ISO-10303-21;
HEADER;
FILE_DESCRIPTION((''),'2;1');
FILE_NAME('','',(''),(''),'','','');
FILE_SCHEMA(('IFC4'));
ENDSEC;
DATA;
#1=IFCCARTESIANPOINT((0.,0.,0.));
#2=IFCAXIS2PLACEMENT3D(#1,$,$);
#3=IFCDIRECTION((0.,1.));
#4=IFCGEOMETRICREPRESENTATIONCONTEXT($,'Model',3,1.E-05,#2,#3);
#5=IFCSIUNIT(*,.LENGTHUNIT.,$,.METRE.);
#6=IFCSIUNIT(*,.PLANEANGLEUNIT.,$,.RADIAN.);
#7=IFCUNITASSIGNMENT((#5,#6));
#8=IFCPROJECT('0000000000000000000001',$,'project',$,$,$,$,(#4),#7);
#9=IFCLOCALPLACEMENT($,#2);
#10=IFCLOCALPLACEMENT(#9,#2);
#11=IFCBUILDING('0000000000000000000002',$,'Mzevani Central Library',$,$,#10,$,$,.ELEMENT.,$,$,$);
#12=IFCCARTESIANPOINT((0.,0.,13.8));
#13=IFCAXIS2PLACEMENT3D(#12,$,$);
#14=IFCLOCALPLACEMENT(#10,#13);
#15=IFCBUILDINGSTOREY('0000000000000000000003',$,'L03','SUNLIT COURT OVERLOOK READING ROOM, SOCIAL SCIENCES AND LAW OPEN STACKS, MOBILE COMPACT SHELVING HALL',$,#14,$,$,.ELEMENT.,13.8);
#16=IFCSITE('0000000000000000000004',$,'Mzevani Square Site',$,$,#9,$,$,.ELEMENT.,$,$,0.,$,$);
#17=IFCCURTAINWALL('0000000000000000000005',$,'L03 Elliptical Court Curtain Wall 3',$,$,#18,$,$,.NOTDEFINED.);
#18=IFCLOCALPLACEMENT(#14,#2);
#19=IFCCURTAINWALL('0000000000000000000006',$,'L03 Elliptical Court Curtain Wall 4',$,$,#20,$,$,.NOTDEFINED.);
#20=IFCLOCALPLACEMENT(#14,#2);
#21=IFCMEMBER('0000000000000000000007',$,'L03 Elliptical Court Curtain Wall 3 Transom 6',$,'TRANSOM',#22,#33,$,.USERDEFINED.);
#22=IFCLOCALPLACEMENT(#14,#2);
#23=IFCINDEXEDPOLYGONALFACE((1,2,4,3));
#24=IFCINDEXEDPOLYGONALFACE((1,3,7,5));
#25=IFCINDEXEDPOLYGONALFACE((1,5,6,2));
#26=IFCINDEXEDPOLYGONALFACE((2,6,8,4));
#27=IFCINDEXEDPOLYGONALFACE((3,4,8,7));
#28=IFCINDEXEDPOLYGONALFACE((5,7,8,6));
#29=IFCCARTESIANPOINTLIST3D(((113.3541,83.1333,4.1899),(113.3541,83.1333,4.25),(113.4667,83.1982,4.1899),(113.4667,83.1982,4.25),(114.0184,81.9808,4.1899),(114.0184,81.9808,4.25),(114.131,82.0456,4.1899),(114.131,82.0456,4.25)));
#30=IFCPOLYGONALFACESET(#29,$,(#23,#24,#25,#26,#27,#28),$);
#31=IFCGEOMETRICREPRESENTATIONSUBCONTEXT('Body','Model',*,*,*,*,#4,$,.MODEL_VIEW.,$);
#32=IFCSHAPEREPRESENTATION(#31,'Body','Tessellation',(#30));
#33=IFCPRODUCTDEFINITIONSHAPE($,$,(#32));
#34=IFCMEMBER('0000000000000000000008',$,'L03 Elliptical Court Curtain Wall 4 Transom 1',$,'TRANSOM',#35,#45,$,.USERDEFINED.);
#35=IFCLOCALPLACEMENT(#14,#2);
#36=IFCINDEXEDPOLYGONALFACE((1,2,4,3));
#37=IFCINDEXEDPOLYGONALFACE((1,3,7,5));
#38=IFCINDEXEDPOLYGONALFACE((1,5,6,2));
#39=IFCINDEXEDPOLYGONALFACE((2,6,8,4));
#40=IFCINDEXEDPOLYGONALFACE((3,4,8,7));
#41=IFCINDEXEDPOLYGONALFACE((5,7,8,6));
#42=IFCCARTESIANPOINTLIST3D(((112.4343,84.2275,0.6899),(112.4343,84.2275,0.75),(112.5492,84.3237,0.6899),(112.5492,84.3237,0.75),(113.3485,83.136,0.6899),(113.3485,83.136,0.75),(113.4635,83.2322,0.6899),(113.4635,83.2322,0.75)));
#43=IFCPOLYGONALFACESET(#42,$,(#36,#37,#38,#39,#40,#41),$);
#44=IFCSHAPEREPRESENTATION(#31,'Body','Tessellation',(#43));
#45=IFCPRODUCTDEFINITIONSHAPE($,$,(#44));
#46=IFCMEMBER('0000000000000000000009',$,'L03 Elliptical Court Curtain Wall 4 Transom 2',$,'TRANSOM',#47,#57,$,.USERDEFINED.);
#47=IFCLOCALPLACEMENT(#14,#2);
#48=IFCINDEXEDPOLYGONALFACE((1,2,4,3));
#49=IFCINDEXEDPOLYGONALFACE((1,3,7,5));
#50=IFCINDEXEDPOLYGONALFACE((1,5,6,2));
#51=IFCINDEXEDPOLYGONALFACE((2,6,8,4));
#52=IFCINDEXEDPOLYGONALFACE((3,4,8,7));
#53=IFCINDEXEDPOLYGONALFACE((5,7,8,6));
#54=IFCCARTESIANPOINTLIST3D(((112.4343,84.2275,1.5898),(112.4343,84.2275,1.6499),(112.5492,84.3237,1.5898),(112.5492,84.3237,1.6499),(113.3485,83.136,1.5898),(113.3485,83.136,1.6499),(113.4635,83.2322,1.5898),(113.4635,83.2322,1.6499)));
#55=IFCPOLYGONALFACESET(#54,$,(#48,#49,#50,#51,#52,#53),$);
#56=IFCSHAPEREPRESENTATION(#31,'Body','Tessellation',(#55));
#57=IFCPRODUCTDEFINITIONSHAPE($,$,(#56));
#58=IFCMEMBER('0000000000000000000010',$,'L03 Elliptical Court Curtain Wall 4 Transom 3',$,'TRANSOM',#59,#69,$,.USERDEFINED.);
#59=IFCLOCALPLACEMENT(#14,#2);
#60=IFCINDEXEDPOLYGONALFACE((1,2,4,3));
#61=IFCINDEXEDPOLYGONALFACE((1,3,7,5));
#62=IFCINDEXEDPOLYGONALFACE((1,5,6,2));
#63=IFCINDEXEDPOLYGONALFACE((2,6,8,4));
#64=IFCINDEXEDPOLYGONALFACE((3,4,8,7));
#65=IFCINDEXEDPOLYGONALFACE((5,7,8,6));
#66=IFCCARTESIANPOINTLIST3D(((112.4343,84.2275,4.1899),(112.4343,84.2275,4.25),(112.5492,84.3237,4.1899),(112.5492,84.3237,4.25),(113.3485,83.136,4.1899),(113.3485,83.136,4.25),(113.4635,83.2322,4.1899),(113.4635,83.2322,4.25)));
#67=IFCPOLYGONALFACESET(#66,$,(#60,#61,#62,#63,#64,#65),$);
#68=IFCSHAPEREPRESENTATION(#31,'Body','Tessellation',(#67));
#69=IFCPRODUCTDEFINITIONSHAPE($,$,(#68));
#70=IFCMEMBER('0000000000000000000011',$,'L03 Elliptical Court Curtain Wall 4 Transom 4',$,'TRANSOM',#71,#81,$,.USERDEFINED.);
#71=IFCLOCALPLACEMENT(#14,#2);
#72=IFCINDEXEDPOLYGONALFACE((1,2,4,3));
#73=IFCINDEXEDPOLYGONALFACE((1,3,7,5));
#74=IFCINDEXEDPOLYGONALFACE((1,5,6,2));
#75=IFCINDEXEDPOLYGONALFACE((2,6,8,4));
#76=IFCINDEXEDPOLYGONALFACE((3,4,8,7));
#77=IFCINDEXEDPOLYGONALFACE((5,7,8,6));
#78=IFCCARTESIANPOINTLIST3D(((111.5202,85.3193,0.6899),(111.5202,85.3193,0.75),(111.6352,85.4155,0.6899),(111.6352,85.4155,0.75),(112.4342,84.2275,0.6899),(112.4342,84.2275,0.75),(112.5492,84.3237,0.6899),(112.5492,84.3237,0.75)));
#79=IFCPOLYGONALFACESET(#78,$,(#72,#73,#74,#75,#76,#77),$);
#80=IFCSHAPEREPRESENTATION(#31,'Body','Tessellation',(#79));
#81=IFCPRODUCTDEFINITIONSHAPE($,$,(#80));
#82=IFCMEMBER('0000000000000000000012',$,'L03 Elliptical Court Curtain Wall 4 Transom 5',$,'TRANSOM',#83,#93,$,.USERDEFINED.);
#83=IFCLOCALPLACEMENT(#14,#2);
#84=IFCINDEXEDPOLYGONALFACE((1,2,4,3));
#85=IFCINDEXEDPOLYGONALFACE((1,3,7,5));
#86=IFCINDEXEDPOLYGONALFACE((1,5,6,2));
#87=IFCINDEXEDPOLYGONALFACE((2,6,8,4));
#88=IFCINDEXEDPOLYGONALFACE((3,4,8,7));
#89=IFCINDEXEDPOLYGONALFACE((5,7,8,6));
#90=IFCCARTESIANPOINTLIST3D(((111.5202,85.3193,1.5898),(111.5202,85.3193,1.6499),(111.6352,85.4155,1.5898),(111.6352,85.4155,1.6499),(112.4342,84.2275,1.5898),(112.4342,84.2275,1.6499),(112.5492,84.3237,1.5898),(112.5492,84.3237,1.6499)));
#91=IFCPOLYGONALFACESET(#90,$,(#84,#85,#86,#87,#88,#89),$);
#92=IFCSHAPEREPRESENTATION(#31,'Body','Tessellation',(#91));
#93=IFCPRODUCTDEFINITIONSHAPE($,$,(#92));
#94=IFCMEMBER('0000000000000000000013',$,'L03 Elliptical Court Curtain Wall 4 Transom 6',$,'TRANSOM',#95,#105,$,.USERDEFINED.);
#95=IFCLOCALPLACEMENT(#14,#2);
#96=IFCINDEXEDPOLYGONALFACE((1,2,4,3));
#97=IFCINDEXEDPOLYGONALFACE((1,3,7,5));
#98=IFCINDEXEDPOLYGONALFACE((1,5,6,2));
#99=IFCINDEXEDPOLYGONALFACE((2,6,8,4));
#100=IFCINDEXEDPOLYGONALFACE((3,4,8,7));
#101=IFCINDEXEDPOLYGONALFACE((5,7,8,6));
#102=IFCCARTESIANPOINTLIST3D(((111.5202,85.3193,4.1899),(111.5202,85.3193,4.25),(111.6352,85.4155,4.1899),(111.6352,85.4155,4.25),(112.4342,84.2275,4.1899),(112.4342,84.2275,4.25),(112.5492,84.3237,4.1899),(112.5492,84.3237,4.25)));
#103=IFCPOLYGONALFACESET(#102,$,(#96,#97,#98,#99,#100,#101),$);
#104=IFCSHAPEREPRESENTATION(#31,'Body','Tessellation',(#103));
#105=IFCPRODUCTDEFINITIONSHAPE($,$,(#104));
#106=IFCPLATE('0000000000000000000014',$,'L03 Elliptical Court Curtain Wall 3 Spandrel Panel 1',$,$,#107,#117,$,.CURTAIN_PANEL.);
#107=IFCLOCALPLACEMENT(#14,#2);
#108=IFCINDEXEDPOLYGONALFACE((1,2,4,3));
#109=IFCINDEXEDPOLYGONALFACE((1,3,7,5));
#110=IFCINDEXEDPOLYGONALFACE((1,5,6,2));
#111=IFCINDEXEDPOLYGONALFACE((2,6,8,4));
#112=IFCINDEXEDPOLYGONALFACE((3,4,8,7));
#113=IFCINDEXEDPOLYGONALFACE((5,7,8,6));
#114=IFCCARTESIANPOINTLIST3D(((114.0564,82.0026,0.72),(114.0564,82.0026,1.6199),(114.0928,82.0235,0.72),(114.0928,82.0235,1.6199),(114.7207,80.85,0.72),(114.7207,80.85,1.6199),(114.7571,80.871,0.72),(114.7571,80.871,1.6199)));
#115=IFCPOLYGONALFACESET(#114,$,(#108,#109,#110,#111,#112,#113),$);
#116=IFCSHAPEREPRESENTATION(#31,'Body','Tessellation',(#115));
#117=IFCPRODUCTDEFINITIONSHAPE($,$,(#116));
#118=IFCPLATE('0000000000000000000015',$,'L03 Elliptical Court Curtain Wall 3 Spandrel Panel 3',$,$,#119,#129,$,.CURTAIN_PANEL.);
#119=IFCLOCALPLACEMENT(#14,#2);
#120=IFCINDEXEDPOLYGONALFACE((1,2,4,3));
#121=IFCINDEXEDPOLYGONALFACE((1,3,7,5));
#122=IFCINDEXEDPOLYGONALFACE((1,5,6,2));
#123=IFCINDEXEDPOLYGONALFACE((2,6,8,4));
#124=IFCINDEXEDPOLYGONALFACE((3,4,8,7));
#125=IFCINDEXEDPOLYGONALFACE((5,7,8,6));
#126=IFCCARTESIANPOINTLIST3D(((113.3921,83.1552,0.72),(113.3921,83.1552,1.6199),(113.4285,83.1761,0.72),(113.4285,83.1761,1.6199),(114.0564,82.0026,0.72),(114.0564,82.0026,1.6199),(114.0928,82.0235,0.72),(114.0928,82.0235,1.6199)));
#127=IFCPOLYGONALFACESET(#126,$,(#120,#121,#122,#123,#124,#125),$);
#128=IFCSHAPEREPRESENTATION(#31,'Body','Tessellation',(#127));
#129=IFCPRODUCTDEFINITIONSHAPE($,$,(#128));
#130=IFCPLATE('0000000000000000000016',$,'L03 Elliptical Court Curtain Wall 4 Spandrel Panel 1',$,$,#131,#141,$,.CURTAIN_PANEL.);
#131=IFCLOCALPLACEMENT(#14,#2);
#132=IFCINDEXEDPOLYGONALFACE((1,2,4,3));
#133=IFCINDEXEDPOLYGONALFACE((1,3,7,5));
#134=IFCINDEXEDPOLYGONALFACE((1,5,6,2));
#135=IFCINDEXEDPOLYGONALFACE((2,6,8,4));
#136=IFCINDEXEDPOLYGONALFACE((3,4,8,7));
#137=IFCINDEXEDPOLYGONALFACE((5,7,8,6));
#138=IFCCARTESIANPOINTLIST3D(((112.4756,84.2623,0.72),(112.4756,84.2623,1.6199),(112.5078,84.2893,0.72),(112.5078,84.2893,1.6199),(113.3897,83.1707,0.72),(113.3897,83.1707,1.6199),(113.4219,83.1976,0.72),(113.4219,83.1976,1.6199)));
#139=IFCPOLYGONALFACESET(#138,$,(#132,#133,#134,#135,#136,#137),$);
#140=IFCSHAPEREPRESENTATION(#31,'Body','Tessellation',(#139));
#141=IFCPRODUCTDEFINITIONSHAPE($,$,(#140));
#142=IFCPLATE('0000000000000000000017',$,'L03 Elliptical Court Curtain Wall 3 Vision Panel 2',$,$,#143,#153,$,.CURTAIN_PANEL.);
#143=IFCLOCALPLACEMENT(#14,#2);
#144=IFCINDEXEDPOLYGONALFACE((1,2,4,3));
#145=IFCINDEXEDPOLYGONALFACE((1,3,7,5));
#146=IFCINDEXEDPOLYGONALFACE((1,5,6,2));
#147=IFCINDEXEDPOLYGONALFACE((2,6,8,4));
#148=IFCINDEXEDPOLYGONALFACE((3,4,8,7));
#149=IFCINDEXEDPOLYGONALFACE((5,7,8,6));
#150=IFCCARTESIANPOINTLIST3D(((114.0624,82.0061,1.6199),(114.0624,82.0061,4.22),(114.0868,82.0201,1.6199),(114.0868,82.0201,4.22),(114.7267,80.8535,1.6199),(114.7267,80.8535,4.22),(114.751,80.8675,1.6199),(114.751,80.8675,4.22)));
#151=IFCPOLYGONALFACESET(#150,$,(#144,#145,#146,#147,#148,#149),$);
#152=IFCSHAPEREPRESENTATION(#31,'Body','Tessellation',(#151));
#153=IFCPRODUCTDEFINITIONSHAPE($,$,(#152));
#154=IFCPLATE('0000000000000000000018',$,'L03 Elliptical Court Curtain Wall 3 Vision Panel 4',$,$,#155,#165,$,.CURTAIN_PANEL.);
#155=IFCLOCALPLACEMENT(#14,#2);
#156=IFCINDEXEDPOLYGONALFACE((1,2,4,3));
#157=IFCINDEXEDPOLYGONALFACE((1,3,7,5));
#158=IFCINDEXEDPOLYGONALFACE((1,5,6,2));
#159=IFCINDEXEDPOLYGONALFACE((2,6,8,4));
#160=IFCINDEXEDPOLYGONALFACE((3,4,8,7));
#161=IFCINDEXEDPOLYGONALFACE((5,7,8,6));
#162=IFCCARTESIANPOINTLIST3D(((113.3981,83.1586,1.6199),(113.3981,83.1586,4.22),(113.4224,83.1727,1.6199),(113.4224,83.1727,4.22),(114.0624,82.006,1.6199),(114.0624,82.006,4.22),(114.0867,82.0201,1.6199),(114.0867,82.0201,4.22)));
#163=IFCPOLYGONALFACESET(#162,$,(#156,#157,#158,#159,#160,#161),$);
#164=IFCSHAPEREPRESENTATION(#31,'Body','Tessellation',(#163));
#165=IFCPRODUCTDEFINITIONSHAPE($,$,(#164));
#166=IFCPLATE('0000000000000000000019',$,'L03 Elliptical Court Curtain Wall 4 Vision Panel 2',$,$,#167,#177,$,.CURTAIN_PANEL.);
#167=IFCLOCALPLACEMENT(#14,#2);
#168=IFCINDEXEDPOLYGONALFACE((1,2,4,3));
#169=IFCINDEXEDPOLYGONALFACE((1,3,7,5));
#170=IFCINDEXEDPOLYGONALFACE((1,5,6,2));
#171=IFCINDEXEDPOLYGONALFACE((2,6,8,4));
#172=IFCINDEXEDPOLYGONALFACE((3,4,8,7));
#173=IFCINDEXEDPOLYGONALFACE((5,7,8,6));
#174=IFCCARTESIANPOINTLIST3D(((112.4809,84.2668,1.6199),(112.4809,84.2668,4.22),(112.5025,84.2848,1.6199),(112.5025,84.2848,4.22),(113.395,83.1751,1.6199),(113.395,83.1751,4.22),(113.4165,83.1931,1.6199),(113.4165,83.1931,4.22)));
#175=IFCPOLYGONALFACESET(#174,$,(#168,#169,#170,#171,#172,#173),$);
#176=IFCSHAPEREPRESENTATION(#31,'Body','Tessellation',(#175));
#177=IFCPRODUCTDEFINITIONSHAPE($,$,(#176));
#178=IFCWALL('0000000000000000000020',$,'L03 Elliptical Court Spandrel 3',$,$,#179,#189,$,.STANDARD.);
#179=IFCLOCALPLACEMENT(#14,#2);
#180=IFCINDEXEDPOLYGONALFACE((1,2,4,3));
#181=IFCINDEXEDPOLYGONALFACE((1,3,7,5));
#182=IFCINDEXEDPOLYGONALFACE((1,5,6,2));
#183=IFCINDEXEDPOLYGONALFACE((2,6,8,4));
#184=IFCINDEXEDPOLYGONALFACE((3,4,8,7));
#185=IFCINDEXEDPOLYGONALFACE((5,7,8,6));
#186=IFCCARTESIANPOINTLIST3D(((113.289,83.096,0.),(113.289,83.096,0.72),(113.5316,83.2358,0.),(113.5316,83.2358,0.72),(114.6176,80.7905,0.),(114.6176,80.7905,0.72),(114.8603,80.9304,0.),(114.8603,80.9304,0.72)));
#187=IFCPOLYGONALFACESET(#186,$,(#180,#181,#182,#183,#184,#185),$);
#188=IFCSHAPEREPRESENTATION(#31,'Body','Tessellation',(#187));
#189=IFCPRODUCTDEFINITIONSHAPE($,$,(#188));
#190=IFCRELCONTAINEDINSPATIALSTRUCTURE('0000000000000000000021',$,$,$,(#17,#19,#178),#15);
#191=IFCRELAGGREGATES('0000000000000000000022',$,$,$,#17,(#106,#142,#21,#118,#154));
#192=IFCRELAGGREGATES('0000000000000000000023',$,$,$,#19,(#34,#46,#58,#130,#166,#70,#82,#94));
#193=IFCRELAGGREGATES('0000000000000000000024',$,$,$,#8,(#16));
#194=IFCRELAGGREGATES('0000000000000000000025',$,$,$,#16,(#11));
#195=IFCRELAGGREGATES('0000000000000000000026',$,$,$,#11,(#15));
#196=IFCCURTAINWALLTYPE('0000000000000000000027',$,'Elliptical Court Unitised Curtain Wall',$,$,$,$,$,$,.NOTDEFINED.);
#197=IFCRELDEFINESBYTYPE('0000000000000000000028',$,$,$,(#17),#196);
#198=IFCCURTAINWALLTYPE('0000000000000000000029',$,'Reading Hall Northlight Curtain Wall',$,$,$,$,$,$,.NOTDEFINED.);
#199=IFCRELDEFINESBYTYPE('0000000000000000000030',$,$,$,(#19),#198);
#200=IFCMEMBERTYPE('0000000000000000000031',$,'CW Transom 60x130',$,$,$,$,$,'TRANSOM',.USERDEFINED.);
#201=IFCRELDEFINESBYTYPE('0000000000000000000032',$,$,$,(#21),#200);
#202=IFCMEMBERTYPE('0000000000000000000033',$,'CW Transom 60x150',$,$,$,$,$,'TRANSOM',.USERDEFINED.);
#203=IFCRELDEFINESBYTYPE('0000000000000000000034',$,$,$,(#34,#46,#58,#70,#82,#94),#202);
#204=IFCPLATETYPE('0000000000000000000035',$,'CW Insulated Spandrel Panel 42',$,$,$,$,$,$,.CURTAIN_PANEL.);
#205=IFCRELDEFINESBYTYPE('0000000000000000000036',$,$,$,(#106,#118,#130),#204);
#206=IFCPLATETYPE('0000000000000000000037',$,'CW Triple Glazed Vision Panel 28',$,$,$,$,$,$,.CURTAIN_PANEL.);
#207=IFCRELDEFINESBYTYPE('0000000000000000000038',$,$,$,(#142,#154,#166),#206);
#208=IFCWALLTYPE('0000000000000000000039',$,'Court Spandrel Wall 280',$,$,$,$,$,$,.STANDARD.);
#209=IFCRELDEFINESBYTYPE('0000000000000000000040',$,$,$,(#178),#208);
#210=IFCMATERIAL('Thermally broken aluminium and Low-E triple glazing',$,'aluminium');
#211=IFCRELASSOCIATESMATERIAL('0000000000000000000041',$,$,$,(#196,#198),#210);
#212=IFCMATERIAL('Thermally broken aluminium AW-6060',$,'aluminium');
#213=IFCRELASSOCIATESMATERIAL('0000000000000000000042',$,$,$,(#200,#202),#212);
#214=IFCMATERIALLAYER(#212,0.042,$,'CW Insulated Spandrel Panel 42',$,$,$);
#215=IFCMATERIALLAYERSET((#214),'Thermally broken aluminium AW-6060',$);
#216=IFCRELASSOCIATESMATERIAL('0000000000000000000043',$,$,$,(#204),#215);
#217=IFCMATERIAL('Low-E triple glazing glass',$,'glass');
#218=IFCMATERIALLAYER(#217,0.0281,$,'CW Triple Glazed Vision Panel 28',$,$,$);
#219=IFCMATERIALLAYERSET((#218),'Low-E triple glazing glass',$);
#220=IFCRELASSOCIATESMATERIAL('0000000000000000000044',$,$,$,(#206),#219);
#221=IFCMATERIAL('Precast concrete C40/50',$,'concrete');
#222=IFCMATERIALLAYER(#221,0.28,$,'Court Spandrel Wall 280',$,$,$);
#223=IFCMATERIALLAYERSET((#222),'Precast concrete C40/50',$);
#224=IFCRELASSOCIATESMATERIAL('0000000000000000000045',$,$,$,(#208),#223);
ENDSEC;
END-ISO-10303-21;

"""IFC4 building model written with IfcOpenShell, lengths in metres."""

from ifc_helpers import new_model, si_unit, direction, frame, frame_2d, origin, origin_2d, place, context, subcontext, project, spatial, rectangle, extrude, material, layer, layer_set, material_profile, profile_set, type_object, element, aggregate, save


model = new_model("IFC4")

# Units and contexts
model_context = context("Model", 3, precision=1e-05, world=origin(), true_north=direction((0.0, 1.0)))
body_context = subcontext(model_context, "Body", "Model", "MODEL_VIEW")
ifc_project = project(units=[si_unit("LENGTHUNIT", "METRE"), si_unit("PLANEANGLEUNIT", "RADIAN")], contexts=[model_context])

# Site, building, storey
site_placement = place(None, origin())
site = spatial("IfcSite", under=ifc_project, at=site_placement, Name="Mzevani Square Site", CompositionType="ELEMENT", RefElevation=0.0)
building_placement = place(site_placement, origin())
building = spatial("IfcBuilding", under=site, at=building_placement, Name="Mzevani Central Library", CompositionType="ELEMENT")
storey_placement = place(building_placement, frame((0.0, 0.0, 13.8)))
storey = spatial("IfcBuildingStorey", under=building, at=storey_placement, Name="L03", Description="SUNLIT COURT OVERLOOK READING ROOM, SOCIAL SCIENCES AND LAW OPEN STACKS, MOBILE COMPACT SHELVING HALL", CompositionType="ELEMENT", Elevation=13.8)

# Shared definitions
ifc_material_1 = material(Name="Thermally broken aluminium and Low-E triple glazing", Category="aluminium")
curtain_wall_type_1 = type_object("IfcCurtainWallType", Name="Elliptical Court Unitised Curtain Wall", PredefinedType="NOTDEFINED", material=ifc_material_1)
ifc_material_2 = material(Name="Thermally broken aluminium AW-6060", Category="aluminium")

# Curtain walls
curtain_wall_1_placement = place(storey_placement, origin())
curtain_wall_1 = element("IfcCurtainWall", 1, at=curtain_wall_1_placement, inside=storey, type_object=curtain_wall_type_1, Name="L03 Elliptical Court Curtain Wall 3", PredefinedType="NOTDEFINED")
curtain_wall_type_2 = type_object("IfcCurtainWallType", Name="Reading Hall Northlight Curtain Wall", PredefinedType="NOTDEFINED", material=ifc_material_1)
curtain_wall_2_placement = place(storey_placement, origin())
curtain_wall_2 = element("IfcCurtainWall", 2, at=curtain_wall_2_placement, inside=storey, type_object=curtain_wall_type_2, Name="L03 Elliptical Court Curtain Wall 4", PredefinedType="NOTDEFINED")

# Members
ifc_material_profile_1 = material_profile(ifc_material_2, rectangle(XDim=0.1299, YDim=0.0601, at=origin_2d()), Name="ALU T60x130")
ifc_profile_set_1 = profile_set([ifc_material_profile_1], Name="Thermally broken aluminium AW-6060")
member_type_1 = type_object("IfcMemberType", Name="CW Transom 60x130", ElementType="TRANSOM", PredefinedType="USERDEFINED", material=ifc_profile_set_1)
member_1_placement = place(storey_placement, frame((114.0747, 82.0132, 4.22), z_axis=(-0.499357, 0.866396, 0.0), x_axis=(-0.866396, -0.499357, 0.0)))
member_1 = element("IfcMember", 3, at=member_1_placement, type_object=member_type_1, Name="L03 Elliptical Court Curtain Wall 3 Transom 6", ObjectType="TRANSOM", PredefinedType="USERDEFINED", context=body_context, shape_type="SweptSolid", body=[
    extrude(rectangle(XDim=0.1299, YDim=0.0601, at=origin_2d()), origin(), (0.0, 0.0, 1.0), 1.3303),
])
ifc_material_profile_2 = material_profile(ifc_material_2, rectangle(XDim=0.1499, YDim=0.0601, at=origin_2d()), Name="ALU T60x150")
ifc_profile_set_2 = profile_set([ifc_material_profile_2], Name="Thermally broken aluminium AW-6060")
member_type_2 = type_object("IfcMemberType", Name="CW Transom 60x150", ElementType="TRANSOM", PredefinedType="USERDEFINED", material=ifc_profile_set_2)
member_2_placement = place(storey_placement, frame((113.406, 83.1841, 0.72), z_axis=(-0.642122, 0.766603, 0.0), x_axis=(-0.766603, -0.642122, 0.0)))
member_2 = element("IfcMember", 4, at=member_2_placement, type_object=member_type_2, Name="L03 Elliptical Court Curtain Wall 4 Transom 1", ObjectType="TRANSOM", PredefinedType="USERDEFINED", context=body_context, shape_type="SweptSolid", body=[
    extrude(rectangle(XDim=0.1499, YDim=0.0601, at=origin_2d()), origin(), (0.0, 0.0, 1.0), 1.4238),
])
member_3_placement = place(storey_placement, frame((113.406, 83.1841, 1.6199), z_axis=(-0.642122, 0.766603, 0.0), x_axis=(-0.766603, -0.642122, 0.0)))
member_3 = element("IfcMember", 5, at=member_3_placement, type_object=member_type_2, Name="L03 Elliptical Court Curtain Wall 4 Transom 2", ObjectType="TRANSOM", PredefinedType="USERDEFINED", context=body_context, shape_type="SweptSolid", body=[
    extrude(rectangle(XDim=0.1499, YDim=0.0601, at=origin_2d()), origin(), (0.0, 0.0, 1.0), 1.4238),
])
member_4_placement = place(storey_placement, frame((113.406, 83.1841, 4.22), z_axis=(-0.642122, 0.766603, 0.0), x_axis=(-0.766603, -0.642122, 0.0)))
member_4 = element("IfcMember", 6, at=member_4_placement, type_object=member_type_2, Name="L03 Elliptical Court Curtain Wall 4 Transom 3", ObjectType="TRANSOM", PredefinedType="USERDEFINED", context=body_context, shape_type="SweptSolid", body=[
    extrude(rectangle(XDim=0.1499, YDim=0.0601, at=origin_2d()), origin(), (0.0, 0.0, 1.0), 1.4238),
])
member_5_placement = place(storey_placement, frame((112.4917, 84.2756, 0.72), z_axis=(-0.641937, 0.766758, 0.0), x_axis=(-0.766758, -0.641937, 0.0)))
member_5 = element("IfcMember", 7, at=member_5_placement, type_object=member_type_2, Name="L03 Elliptical Court Curtain Wall 4 Transom 4", ObjectType="TRANSOM", PredefinedType="USERDEFINED", context=body_context, shape_type="SweptSolid", body=[
    extrude(rectangle(XDim=0.1499, YDim=0.0601, at=origin_2d()), origin(), (0.0, 0.0, 1.0), 1.4238),
])
member_6_placement = place(storey_placement, frame((112.4917, 84.2756, 1.6199), z_axis=(-0.641937, 0.766758, 0.0), x_axis=(-0.766758, -0.641937, 0.0)))
member_6 = element("IfcMember", 8, at=member_6_placement, type_object=member_type_2, Name="L03 Elliptical Court Curtain Wall 4 Transom 5", ObjectType="TRANSOM", PredefinedType="USERDEFINED", context=body_context, shape_type="SweptSolid", body=[
    extrude(rectangle(XDim=0.1499, YDim=0.0601, at=origin_2d()), origin(), (0.0, 0.0, 1.0), 1.4238),
])
member_7_placement = place(storey_placement, frame((112.4917, 84.2756, 4.22), z_axis=(-0.641937, 0.766758, 0.0), x_axis=(-0.766758, -0.641937, 0.0)))
member_7 = element("IfcMember", 9, at=member_7_placement, type_object=member_type_2, Name="L03 Elliptical Court Curtain Wall 4 Transom 6", ObjectType="TRANSOM", PredefinedType="USERDEFINED", context=body_context, shape_type="SweptSolid", body=[
    extrude(rectangle(XDim=0.1499, YDim=0.0601, at=origin_2d()), origin(), (0.0, 0.0, 1.0), 1.4238),
])

# Plates
ifc_layer_1 = layer(ifc_material_2, 0.042, Name="CW Insulated Spandrel Panel 42")
ifc_layer_set_1 = layer_set([ifc_layer_1], Name="Thermally broken aluminium AW-6060")
plate_type_1 = type_object("IfcPlateType", Name="CW Insulated Spandrel Panel 42", PredefinedType="CURTAIN_PANEL", material=ifc_layer_set_1)
plate_1_placement = place(storey_placement, frame((114.4067, 81.4368, 0.72), z_axis=(0.0, 0.0, 1.0), x_axis=(-0.499345, 0.866403, 0.0)))
plate_1 = element("IfcPlate", 10, at=plate_1_placement, type_object=plate_type_1, Name="L03 Elliptical Court Curtain Wall 3 Spandrel Panel 1", PredefinedType="CURTAIN_PANEL", context=body_context, shape_type="SweptSolid", body=[
    extrude(rectangle(XDim=1.3303, YDim=0.042, at=origin_2d()), origin(), (0.0, 0.0, 1.0), 0.8999),
])
plate_2_placement = place(storey_placement, frame((113.7424, 82.5894, 0.72), z_axis=(0.0, 0.0, 1.0), x_axis=(-0.499345, 0.866403, 0.0)))
plate_2 = element("IfcPlate", 11, at=plate_2_placement, type_object=plate_type_1, Name="L03 Elliptical Court Curtain Wall 3 Spandrel Panel 3", PredefinedType="CURTAIN_PANEL", context=body_context, shape_type="SweptSolid", body=[
    extrude(rectangle(XDim=1.3303, YDim=0.042, at=origin_2d()), origin(), (0.0, 0.0, 1.0), 0.8999),
])
plate_3_placement = place(storey_placement, frame((112.9487, 83.73, 0.72), z_axis=(0.0, 0.0, 1.0), x_axis=(-0.641969, 0.766731, 0.0)))
plate_3 = element("IfcPlate", 12, at=plate_3_placement, type_object=plate_type_1, Name="L03 Elliptical Court Curtain Wall 4 Spandrel Panel 1", PredefinedType="CURTAIN_PANEL", context=body_context, shape_type="SweptSolid", body=[
    extrude(rectangle(XDim=1.4238, YDim=0.042, at=origin_2d()), origin(), (0.0, 0.0, 1.0), 0.8999),
])
ifc_material_3 = material(Name="Low-E triple glazing glass", Category="glass")
ifc_layer_2 = layer(ifc_material_3, 0.0281, Name="CW Triple Glazed Vision Panel 28")
ifc_layer_set_2 = layer_set([ifc_layer_2], Name="Low-E triple glazing glass")
plate_type_2 = type_object("IfcPlateType", Name="CW Triple Glazed Vision Panel 28", PredefinedType="CURTAIN_PANEL", material=ifc_layer_set_2)
plate_4_placement = place(storey_placement, frame((114.4067, 81.4368, 1.6199), z_axis=(0.0, 0.0, 1.0), x_axis=(-0.499345, 0.866403, 0.0)))
plate_4 = element("IfcPlate", 13, at=plate_4_placement, type_object=plate_type_2, Name="L03 Elliptical Court Curtain Wall 3 Vision Panel 2", PredefinedType="CURTAIN_PANEL", context=body_context, shape_type="SweptSolid", body=[
    extrude(rectangle(XDim=1.3303, YDim=0.0281, at=origin_2d()), origin(), (0.0, 0.0, 1.0), 2.6001),
])
plate_5_placement = place(storey_placement, frame((113.7424, 82.5894, 1.6199), z_axis=(0.0, 0.0, 1.0), x_axis=(-0.499345, 0.866403, 0.0)))
plate_5 = element("IfcPlate", 14, at=plate_5_placement, type_object=plate_type_2, Name="L03 Elliptical Court Curtain Wall 3 Vision Panel 4", PredefinedType="CURTAIN_PANEL", context=body_context, shape_type="SweptSolid", body=[
    extrude(rectangle(XDim=1.3303, YDim=0.0281, at=origin_2d()), origin(), (0.0, 0.0, 1.0), 2.6001),
])
aggregate(curtain_wall_1, [plate_1, plate_4, member_1, plate_2, plate_5])
plate_6_placement = place(storey_placement, frame((112.9487, 83.73, 1.6199), z_axis=(0.0, 0.0, 1.0), x_axis=(-0.641969, 0.766731, 0.0)))
plate_6 = element("IfcPlate", 15, at=plate_6_placement, type_object=plate_type_2, Name="L03 Elliptical Court Curtain Wall 4 Vision Panel 2", PredefinedType="CURTAIN_PANEL", context=body_context, shape_type="SweptSolid", body=[
    extrude(rectangle(XDim=1.4238, YDim=0.0281, at=origin_2d()), origin(), (0.0, 0.0, 1.0), 2.6001),
])
aggregate(curtain_wall_2, [member_2, member_3, member_4, plate_3, plate_6, member_5, member_6, member_7])

# Wall
ifc_material_4 = material(Name="Precast concrete C40/50", Category="concrete")
ifc_layer_3 = layer(ifc_material_4, 0.28, Name="Court Spandrel Wall 280")
ifc_layer_set_3 = layer_set([ifc_layer_3], Name="Precast concrete C40/50")
wall_type = type_object("IfcWallType", Name="Court Spandrel Wall 280", PredefinedType="STANDARD", material=ifc_layer_set_3)
wall_1_placement = place(storey_placement, frame((114.739, 80.8604, 0.0), z_axis=(0.0, 0.0, 1.0), x_axis=(-0.499317, 0.866419, 0.0)))
element("IfcWall", 16, at=wall_1_placement, inside=storey, type_object=wall_type, Name="L03 Elliptical Court Spandrel 3", PredefinedType="STANDARD", context=body_context, shape_type="SweptSolid", body=[
    extrude(rectangle(XDim=2.6609, YDim=0.28, at=frame_2d((1.3306, 0.0))), origin(), (0.0, 0.0, 1.0), 0.72),
])

save(model, "model.ifc")
